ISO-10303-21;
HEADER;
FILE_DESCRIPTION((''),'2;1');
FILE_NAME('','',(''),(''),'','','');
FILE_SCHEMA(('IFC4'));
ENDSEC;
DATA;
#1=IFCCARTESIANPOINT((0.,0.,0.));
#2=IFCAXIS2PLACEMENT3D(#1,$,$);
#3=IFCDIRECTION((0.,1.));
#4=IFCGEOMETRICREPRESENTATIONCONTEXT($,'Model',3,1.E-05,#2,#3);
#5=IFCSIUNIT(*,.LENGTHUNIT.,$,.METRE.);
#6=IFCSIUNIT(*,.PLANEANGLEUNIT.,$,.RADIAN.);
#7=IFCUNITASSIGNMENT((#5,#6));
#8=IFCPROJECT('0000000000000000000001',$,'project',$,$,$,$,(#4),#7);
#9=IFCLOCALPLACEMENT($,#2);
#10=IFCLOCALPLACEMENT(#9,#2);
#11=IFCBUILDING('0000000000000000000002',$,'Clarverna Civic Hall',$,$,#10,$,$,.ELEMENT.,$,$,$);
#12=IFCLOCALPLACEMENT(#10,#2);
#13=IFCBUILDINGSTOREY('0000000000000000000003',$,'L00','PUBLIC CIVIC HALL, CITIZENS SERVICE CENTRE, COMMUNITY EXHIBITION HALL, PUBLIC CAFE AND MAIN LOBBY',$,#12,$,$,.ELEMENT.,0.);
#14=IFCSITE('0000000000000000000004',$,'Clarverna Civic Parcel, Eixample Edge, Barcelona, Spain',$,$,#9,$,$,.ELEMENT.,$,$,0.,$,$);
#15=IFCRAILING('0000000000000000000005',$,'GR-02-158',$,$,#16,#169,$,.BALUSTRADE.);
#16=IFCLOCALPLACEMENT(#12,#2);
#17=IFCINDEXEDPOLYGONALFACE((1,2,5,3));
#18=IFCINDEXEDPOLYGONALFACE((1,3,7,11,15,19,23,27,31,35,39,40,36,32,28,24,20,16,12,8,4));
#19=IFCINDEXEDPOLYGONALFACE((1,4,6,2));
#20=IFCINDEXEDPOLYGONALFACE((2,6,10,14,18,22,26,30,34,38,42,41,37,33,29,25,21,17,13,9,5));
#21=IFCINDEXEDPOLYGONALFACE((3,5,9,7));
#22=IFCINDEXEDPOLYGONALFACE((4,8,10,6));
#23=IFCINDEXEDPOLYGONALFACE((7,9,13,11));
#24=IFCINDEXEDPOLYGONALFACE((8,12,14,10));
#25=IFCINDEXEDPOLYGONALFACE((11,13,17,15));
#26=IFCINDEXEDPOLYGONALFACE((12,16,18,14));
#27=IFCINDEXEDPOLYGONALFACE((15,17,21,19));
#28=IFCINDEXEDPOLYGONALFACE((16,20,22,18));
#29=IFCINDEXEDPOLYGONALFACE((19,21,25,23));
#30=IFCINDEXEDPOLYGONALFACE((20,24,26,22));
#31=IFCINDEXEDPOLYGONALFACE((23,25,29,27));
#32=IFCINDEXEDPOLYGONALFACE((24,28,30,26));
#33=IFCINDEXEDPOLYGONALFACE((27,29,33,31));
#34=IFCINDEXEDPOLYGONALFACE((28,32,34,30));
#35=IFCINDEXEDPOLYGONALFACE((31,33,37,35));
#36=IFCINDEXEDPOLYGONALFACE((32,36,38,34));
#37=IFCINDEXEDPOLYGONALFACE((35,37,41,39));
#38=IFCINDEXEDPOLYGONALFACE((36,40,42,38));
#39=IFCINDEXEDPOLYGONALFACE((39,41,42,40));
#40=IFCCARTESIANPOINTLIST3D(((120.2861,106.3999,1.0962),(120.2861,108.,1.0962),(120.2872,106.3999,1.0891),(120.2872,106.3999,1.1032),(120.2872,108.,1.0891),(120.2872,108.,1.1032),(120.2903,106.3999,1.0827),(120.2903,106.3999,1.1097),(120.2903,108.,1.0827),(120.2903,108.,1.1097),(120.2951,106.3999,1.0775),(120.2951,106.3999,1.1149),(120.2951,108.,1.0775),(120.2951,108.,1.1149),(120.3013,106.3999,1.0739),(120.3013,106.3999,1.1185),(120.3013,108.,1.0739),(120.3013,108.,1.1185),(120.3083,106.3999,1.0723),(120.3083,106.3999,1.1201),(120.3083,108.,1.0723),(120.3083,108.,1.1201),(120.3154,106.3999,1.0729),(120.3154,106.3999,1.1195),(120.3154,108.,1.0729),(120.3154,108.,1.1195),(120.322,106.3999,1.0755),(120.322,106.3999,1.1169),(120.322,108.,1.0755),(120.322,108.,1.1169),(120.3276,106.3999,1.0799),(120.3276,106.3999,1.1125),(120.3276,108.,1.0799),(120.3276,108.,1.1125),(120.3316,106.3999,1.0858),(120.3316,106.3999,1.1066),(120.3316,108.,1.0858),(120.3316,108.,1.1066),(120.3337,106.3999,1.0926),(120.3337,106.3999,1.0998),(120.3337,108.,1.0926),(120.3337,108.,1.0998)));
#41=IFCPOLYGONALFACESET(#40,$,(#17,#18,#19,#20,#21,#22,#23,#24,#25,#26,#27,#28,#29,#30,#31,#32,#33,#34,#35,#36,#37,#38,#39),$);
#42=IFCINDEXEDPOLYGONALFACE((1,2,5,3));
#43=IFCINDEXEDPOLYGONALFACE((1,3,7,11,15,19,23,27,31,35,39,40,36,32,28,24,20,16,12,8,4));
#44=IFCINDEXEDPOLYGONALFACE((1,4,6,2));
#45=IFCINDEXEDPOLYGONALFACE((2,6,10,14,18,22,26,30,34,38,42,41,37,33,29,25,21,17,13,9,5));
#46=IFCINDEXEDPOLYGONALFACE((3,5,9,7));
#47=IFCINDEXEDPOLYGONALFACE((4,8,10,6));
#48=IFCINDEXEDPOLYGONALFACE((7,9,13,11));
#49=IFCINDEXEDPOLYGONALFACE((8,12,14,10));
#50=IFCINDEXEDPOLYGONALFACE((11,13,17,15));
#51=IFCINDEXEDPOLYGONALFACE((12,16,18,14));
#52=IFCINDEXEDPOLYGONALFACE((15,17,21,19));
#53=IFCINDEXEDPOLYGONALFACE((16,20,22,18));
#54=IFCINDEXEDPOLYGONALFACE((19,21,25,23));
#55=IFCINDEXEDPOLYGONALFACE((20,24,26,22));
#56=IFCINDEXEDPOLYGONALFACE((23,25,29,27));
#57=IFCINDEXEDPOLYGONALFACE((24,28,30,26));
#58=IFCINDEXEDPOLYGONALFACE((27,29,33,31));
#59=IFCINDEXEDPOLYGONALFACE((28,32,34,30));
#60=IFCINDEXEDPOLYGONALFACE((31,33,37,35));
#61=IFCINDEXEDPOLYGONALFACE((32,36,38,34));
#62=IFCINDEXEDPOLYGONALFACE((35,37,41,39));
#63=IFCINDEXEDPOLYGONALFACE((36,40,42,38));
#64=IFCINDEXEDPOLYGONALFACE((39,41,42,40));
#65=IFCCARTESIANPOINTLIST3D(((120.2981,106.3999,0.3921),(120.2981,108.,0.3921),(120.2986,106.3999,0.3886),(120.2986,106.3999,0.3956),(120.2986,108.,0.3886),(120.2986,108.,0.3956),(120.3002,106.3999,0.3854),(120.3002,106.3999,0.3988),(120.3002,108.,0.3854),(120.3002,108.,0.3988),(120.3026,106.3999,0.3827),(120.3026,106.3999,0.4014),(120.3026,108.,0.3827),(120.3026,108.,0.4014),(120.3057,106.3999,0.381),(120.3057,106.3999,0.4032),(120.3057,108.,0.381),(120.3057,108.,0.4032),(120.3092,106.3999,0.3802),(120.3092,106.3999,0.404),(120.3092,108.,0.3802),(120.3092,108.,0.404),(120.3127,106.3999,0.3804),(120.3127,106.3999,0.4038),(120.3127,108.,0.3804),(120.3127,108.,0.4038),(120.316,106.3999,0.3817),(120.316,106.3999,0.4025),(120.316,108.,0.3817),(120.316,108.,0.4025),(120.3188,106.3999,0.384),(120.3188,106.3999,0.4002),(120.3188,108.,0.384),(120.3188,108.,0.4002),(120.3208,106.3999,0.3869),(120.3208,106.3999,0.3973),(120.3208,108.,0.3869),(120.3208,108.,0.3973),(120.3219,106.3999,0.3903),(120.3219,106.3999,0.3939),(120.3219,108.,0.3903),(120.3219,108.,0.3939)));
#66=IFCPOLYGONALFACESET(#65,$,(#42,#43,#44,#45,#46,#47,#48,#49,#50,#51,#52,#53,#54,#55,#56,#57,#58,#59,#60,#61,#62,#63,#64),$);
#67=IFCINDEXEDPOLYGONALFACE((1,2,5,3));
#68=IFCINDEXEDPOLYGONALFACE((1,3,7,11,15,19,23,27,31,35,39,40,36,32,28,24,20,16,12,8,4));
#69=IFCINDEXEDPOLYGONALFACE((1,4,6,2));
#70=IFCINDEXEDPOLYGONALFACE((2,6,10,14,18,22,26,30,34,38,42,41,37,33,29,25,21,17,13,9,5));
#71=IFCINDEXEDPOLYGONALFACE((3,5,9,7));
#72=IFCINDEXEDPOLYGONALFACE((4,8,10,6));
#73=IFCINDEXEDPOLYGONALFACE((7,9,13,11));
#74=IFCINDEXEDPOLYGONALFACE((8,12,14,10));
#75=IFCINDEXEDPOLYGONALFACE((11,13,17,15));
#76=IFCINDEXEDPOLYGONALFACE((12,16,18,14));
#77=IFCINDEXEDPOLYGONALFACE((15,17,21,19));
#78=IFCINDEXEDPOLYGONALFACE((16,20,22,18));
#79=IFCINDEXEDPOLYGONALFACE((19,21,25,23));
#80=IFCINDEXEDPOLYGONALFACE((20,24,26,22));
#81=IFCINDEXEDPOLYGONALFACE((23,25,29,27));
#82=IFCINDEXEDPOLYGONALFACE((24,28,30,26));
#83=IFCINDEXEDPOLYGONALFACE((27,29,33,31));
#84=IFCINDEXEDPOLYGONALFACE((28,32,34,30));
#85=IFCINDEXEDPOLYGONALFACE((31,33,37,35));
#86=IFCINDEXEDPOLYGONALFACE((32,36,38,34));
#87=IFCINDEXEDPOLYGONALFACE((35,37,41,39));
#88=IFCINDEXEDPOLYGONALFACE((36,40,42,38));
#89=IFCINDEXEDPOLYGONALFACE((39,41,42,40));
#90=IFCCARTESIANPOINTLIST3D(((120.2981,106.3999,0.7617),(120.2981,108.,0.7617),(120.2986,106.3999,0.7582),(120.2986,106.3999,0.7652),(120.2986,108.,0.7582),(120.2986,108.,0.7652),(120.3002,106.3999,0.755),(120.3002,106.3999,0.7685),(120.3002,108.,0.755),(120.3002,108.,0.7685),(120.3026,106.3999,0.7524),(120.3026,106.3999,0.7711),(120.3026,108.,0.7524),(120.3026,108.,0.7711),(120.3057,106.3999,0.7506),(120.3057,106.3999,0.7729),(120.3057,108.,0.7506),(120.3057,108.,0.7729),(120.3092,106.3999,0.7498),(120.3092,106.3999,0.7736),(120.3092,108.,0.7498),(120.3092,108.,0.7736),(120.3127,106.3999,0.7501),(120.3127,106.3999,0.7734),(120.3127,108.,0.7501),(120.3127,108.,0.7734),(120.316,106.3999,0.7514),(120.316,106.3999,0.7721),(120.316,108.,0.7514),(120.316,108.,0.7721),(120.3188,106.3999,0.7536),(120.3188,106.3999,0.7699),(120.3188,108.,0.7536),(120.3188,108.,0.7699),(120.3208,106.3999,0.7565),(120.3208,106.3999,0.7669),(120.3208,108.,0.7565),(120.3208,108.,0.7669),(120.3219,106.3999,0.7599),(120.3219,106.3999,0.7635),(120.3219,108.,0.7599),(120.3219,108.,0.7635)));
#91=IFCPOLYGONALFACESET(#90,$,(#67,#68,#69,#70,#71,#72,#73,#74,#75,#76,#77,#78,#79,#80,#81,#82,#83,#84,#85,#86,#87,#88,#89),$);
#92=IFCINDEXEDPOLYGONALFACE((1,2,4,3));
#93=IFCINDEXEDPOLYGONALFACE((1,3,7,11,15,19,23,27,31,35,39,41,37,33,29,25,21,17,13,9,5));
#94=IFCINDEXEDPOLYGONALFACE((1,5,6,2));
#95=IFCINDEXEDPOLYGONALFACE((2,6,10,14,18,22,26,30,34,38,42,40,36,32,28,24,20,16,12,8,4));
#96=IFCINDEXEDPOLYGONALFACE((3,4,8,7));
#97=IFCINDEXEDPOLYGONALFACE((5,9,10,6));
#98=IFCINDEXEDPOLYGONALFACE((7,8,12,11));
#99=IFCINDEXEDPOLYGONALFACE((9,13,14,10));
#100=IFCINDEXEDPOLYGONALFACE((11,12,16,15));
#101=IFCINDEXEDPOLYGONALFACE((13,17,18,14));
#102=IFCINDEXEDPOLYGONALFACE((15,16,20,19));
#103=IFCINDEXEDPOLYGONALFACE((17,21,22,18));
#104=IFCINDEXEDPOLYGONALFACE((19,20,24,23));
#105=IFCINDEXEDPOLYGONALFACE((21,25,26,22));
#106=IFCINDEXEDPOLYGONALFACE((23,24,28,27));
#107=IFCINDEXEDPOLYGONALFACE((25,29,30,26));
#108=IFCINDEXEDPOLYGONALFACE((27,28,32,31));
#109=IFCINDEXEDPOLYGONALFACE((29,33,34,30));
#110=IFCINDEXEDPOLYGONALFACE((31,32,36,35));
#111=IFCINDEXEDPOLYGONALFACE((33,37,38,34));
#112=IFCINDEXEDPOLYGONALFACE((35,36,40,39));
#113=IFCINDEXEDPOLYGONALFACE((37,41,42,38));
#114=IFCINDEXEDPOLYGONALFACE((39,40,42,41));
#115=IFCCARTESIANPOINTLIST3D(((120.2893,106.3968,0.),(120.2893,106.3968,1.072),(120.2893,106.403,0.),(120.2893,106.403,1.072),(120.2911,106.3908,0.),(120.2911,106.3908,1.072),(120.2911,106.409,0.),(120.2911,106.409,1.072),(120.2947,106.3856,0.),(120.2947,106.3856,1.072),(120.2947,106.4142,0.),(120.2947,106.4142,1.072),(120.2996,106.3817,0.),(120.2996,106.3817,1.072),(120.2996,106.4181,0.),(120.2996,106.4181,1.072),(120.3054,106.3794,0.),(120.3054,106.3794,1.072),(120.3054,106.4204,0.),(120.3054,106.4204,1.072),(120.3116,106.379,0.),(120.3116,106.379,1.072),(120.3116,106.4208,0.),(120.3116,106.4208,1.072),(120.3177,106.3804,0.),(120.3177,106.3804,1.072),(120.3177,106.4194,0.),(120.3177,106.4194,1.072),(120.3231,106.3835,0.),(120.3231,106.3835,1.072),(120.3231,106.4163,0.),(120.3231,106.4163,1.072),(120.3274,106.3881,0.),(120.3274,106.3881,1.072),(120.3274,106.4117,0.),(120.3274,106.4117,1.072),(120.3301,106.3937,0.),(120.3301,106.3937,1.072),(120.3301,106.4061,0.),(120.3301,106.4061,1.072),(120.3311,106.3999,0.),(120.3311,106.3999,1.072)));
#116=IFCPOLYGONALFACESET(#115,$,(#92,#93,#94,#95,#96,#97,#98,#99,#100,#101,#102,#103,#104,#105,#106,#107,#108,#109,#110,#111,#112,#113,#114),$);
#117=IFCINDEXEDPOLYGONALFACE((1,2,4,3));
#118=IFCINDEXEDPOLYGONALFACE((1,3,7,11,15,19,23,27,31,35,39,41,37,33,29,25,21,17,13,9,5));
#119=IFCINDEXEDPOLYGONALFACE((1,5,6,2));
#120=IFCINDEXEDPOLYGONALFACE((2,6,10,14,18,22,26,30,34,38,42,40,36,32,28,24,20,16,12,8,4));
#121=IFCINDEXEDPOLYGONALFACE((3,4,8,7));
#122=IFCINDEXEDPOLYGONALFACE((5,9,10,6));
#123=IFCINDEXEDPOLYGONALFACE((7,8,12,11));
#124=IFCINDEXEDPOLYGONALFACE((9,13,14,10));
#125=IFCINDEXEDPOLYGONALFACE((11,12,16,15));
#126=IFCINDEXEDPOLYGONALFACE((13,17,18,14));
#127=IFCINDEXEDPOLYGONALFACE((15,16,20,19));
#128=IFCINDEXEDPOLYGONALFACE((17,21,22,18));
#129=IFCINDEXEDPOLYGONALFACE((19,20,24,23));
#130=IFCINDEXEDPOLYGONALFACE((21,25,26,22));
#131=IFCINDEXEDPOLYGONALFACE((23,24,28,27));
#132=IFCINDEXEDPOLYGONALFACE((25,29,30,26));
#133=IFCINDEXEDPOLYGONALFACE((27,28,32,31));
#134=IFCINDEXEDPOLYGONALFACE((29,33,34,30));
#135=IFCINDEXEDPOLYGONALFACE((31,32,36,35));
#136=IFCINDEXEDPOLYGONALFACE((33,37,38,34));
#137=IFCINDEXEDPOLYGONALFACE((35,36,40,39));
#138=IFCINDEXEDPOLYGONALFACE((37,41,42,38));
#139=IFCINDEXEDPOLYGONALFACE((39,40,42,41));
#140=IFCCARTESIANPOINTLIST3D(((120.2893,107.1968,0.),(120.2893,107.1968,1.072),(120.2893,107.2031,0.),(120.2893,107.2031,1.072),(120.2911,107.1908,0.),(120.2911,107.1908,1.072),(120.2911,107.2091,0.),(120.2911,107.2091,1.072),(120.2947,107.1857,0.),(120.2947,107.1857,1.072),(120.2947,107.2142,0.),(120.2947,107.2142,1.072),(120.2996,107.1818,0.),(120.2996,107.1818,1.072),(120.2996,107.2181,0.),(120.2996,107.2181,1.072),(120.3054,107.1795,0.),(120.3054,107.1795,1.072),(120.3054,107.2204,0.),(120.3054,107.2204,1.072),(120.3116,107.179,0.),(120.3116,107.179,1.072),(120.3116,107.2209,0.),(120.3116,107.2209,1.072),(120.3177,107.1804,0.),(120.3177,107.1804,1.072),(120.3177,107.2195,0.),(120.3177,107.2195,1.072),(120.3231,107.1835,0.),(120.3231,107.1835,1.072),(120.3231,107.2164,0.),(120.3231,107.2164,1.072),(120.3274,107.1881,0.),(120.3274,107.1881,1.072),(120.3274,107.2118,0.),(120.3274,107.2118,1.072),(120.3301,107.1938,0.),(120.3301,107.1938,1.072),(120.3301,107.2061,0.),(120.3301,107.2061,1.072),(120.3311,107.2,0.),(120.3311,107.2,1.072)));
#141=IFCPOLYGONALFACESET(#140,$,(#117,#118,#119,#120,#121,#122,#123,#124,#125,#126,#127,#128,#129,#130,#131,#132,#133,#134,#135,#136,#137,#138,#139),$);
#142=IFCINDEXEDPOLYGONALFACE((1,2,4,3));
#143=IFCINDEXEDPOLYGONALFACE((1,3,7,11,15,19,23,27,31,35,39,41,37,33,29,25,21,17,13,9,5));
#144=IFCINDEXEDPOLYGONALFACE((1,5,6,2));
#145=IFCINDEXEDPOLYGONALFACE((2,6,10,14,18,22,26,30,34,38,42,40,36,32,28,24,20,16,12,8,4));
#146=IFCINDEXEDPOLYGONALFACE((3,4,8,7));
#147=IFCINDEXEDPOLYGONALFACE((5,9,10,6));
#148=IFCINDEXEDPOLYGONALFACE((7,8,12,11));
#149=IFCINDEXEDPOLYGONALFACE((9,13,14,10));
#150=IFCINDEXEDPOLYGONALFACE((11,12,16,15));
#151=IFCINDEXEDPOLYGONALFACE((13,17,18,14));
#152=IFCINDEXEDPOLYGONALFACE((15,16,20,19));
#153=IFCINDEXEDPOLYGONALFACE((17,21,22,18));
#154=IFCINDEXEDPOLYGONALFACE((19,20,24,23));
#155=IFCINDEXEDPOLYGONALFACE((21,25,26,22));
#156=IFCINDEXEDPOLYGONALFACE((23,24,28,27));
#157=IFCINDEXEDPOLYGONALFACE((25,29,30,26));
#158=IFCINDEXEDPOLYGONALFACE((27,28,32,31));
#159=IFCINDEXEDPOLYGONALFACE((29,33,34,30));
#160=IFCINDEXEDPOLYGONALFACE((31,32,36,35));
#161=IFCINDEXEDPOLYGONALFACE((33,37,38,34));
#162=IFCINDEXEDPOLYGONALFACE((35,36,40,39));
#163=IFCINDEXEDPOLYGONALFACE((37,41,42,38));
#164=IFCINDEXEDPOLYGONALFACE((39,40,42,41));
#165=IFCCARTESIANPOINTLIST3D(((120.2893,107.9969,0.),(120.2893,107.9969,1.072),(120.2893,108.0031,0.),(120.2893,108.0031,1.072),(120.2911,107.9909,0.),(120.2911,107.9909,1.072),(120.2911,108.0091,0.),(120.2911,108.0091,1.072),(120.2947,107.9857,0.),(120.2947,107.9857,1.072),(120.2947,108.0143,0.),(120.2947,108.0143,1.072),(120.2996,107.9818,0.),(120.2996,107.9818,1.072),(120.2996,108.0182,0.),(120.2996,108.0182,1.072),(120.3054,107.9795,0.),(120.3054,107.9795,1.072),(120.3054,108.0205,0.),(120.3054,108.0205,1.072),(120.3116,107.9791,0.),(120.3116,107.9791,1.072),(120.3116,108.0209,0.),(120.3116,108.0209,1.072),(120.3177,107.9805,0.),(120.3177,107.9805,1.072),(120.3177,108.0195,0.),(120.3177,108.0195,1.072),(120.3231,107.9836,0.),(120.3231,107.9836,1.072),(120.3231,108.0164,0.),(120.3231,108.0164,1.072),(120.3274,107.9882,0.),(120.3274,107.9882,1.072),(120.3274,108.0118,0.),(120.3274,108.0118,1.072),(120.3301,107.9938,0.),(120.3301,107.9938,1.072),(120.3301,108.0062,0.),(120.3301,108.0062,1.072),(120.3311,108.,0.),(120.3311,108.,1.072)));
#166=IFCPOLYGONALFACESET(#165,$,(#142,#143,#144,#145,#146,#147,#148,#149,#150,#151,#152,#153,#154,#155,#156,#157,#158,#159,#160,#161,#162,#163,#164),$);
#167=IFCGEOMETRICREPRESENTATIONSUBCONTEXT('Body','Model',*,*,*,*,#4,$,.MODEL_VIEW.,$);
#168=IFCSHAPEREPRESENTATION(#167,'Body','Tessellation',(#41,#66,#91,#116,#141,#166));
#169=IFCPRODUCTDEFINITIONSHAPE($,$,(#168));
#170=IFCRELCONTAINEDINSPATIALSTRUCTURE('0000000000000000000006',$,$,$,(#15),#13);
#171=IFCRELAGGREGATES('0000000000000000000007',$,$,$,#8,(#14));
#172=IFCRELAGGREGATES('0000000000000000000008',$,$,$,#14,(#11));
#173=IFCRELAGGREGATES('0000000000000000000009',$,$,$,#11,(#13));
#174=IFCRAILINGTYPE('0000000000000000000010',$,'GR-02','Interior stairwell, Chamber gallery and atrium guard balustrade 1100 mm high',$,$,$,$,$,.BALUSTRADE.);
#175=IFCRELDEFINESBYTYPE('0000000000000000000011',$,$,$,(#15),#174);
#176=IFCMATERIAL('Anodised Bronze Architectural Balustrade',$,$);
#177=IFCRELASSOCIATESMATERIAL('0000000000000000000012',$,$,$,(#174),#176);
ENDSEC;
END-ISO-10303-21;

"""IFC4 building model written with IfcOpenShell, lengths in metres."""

from ifc_helpers import new_model, si_unit, direction, frame, origin, origin_2d, place, context, subcontext, project, spatial, circle, extrude, material, type_object, element, save


model = new_model("IFC4")

# Units and contexts
model_context = context("Model", 3, precision=1e-05, world=origin(), true_north=direction((0.0, 1.0)))
body_context = subcontext(model_context, "Body", "Model", "MODEL_VIEW")
ifc_project = project(units=[si_unit("LENGTHUNIT", "METRE"), si_unit("PLANEANGLEUNIT", "RADIAN")], contexts=[model_context])

# Site, building, storey
site_placement = place(None, origin())
site = spatial("IfcSite", under=ifc_project, at=site_placement, Name="Clarverna Civic Parcel, Eixample Edge, Barcelona, Spain", CompositionType="ELEMENT", RefElevation=0.0)
building_placement = place(site_placement, origin())
building = spatial("IfcBuilding", under=site, at=building_placement, Name="Clarverna Civic Hall", CompositionType="ELEMENT")
storey_placement = place(building_placement, origin())
storey = spatial("IfcBuildingStorey", under=building, at=storey_placement, Name="L00", Description="PUBLIC CIVIC HALL, CITIZENS SERVICE CENTRE, COMMUNITY EXHIBITION HALL, PUBLIC CAFE AND MAIN LOBBY", CompositionType="ELEMENT", Elevation=0.0)

# Railing
ifc_material_1 = material(Name="Anodised Bronze Architectural Balustrade")
railing_type_1 = type_object("IfcRailingType", Name="GR-02", Description="Interior stairwell, Chamber gallery and atrium guard balustrade 1100 mm high", PredefinedType="BALUSTRADE", material=ifc_material_1)
railing_1_placement = place(storey_placement, frame((120.3101, 106.3999, 0.0)))
element("IfcRailing", 1, at=railing_1_placement, inside=storey, type_object=railing_type_1, Name="GR-02-158", PredefinedType="BALUSTRADE", context=body_context, shape_type="SweptSolid", body=[
    extrude(circle(Radius=0.0239, at=origin_2d()), frame((0.0, 0.0, 1.0962), z_axis=(0.0, 1.0, 0.0), x_axis=(-1.0, 0.0, 0.0)), (0.0, 0.0, 1.0), 1.6001),
    extrude(circle(Radius=0.012, at=origin_2d()), frame((0.0, 0.0, 0.3921), z_axis=(0.0, 1.0, 0.0), x_axis=(-1.0, 0.0, 0.0)), (0.0, 0.0, 1.0), 1.6001),
    extrude(circle(Radius=0.012, at=origin_2d()), frame((0.0, 0.0, 0.7617), z_axis=(0.0, 1.0, 0.0), x_axis=(-1.0, 0.0, 0.0)), (0.0, 0.0, 1.0), 1.6001),
    extrude(circle(Radius=0.021, at=origin_2d()), origin(), (0.0, 0.0, 1.0), 1.072),
    extrude(circle(Radius=0.021, at=origin_2d()), frame((0.0, 0.8, 0.0)), (0.0, 0.0, 1.0), 1.072),
    extrude(circle(Radius=0.021, at=origin_2d()), frame((0.0, 1.6001, 0.0)), (0.0, 0.0, 1.0), 1.072),
])

save(model, "model.ifc")
